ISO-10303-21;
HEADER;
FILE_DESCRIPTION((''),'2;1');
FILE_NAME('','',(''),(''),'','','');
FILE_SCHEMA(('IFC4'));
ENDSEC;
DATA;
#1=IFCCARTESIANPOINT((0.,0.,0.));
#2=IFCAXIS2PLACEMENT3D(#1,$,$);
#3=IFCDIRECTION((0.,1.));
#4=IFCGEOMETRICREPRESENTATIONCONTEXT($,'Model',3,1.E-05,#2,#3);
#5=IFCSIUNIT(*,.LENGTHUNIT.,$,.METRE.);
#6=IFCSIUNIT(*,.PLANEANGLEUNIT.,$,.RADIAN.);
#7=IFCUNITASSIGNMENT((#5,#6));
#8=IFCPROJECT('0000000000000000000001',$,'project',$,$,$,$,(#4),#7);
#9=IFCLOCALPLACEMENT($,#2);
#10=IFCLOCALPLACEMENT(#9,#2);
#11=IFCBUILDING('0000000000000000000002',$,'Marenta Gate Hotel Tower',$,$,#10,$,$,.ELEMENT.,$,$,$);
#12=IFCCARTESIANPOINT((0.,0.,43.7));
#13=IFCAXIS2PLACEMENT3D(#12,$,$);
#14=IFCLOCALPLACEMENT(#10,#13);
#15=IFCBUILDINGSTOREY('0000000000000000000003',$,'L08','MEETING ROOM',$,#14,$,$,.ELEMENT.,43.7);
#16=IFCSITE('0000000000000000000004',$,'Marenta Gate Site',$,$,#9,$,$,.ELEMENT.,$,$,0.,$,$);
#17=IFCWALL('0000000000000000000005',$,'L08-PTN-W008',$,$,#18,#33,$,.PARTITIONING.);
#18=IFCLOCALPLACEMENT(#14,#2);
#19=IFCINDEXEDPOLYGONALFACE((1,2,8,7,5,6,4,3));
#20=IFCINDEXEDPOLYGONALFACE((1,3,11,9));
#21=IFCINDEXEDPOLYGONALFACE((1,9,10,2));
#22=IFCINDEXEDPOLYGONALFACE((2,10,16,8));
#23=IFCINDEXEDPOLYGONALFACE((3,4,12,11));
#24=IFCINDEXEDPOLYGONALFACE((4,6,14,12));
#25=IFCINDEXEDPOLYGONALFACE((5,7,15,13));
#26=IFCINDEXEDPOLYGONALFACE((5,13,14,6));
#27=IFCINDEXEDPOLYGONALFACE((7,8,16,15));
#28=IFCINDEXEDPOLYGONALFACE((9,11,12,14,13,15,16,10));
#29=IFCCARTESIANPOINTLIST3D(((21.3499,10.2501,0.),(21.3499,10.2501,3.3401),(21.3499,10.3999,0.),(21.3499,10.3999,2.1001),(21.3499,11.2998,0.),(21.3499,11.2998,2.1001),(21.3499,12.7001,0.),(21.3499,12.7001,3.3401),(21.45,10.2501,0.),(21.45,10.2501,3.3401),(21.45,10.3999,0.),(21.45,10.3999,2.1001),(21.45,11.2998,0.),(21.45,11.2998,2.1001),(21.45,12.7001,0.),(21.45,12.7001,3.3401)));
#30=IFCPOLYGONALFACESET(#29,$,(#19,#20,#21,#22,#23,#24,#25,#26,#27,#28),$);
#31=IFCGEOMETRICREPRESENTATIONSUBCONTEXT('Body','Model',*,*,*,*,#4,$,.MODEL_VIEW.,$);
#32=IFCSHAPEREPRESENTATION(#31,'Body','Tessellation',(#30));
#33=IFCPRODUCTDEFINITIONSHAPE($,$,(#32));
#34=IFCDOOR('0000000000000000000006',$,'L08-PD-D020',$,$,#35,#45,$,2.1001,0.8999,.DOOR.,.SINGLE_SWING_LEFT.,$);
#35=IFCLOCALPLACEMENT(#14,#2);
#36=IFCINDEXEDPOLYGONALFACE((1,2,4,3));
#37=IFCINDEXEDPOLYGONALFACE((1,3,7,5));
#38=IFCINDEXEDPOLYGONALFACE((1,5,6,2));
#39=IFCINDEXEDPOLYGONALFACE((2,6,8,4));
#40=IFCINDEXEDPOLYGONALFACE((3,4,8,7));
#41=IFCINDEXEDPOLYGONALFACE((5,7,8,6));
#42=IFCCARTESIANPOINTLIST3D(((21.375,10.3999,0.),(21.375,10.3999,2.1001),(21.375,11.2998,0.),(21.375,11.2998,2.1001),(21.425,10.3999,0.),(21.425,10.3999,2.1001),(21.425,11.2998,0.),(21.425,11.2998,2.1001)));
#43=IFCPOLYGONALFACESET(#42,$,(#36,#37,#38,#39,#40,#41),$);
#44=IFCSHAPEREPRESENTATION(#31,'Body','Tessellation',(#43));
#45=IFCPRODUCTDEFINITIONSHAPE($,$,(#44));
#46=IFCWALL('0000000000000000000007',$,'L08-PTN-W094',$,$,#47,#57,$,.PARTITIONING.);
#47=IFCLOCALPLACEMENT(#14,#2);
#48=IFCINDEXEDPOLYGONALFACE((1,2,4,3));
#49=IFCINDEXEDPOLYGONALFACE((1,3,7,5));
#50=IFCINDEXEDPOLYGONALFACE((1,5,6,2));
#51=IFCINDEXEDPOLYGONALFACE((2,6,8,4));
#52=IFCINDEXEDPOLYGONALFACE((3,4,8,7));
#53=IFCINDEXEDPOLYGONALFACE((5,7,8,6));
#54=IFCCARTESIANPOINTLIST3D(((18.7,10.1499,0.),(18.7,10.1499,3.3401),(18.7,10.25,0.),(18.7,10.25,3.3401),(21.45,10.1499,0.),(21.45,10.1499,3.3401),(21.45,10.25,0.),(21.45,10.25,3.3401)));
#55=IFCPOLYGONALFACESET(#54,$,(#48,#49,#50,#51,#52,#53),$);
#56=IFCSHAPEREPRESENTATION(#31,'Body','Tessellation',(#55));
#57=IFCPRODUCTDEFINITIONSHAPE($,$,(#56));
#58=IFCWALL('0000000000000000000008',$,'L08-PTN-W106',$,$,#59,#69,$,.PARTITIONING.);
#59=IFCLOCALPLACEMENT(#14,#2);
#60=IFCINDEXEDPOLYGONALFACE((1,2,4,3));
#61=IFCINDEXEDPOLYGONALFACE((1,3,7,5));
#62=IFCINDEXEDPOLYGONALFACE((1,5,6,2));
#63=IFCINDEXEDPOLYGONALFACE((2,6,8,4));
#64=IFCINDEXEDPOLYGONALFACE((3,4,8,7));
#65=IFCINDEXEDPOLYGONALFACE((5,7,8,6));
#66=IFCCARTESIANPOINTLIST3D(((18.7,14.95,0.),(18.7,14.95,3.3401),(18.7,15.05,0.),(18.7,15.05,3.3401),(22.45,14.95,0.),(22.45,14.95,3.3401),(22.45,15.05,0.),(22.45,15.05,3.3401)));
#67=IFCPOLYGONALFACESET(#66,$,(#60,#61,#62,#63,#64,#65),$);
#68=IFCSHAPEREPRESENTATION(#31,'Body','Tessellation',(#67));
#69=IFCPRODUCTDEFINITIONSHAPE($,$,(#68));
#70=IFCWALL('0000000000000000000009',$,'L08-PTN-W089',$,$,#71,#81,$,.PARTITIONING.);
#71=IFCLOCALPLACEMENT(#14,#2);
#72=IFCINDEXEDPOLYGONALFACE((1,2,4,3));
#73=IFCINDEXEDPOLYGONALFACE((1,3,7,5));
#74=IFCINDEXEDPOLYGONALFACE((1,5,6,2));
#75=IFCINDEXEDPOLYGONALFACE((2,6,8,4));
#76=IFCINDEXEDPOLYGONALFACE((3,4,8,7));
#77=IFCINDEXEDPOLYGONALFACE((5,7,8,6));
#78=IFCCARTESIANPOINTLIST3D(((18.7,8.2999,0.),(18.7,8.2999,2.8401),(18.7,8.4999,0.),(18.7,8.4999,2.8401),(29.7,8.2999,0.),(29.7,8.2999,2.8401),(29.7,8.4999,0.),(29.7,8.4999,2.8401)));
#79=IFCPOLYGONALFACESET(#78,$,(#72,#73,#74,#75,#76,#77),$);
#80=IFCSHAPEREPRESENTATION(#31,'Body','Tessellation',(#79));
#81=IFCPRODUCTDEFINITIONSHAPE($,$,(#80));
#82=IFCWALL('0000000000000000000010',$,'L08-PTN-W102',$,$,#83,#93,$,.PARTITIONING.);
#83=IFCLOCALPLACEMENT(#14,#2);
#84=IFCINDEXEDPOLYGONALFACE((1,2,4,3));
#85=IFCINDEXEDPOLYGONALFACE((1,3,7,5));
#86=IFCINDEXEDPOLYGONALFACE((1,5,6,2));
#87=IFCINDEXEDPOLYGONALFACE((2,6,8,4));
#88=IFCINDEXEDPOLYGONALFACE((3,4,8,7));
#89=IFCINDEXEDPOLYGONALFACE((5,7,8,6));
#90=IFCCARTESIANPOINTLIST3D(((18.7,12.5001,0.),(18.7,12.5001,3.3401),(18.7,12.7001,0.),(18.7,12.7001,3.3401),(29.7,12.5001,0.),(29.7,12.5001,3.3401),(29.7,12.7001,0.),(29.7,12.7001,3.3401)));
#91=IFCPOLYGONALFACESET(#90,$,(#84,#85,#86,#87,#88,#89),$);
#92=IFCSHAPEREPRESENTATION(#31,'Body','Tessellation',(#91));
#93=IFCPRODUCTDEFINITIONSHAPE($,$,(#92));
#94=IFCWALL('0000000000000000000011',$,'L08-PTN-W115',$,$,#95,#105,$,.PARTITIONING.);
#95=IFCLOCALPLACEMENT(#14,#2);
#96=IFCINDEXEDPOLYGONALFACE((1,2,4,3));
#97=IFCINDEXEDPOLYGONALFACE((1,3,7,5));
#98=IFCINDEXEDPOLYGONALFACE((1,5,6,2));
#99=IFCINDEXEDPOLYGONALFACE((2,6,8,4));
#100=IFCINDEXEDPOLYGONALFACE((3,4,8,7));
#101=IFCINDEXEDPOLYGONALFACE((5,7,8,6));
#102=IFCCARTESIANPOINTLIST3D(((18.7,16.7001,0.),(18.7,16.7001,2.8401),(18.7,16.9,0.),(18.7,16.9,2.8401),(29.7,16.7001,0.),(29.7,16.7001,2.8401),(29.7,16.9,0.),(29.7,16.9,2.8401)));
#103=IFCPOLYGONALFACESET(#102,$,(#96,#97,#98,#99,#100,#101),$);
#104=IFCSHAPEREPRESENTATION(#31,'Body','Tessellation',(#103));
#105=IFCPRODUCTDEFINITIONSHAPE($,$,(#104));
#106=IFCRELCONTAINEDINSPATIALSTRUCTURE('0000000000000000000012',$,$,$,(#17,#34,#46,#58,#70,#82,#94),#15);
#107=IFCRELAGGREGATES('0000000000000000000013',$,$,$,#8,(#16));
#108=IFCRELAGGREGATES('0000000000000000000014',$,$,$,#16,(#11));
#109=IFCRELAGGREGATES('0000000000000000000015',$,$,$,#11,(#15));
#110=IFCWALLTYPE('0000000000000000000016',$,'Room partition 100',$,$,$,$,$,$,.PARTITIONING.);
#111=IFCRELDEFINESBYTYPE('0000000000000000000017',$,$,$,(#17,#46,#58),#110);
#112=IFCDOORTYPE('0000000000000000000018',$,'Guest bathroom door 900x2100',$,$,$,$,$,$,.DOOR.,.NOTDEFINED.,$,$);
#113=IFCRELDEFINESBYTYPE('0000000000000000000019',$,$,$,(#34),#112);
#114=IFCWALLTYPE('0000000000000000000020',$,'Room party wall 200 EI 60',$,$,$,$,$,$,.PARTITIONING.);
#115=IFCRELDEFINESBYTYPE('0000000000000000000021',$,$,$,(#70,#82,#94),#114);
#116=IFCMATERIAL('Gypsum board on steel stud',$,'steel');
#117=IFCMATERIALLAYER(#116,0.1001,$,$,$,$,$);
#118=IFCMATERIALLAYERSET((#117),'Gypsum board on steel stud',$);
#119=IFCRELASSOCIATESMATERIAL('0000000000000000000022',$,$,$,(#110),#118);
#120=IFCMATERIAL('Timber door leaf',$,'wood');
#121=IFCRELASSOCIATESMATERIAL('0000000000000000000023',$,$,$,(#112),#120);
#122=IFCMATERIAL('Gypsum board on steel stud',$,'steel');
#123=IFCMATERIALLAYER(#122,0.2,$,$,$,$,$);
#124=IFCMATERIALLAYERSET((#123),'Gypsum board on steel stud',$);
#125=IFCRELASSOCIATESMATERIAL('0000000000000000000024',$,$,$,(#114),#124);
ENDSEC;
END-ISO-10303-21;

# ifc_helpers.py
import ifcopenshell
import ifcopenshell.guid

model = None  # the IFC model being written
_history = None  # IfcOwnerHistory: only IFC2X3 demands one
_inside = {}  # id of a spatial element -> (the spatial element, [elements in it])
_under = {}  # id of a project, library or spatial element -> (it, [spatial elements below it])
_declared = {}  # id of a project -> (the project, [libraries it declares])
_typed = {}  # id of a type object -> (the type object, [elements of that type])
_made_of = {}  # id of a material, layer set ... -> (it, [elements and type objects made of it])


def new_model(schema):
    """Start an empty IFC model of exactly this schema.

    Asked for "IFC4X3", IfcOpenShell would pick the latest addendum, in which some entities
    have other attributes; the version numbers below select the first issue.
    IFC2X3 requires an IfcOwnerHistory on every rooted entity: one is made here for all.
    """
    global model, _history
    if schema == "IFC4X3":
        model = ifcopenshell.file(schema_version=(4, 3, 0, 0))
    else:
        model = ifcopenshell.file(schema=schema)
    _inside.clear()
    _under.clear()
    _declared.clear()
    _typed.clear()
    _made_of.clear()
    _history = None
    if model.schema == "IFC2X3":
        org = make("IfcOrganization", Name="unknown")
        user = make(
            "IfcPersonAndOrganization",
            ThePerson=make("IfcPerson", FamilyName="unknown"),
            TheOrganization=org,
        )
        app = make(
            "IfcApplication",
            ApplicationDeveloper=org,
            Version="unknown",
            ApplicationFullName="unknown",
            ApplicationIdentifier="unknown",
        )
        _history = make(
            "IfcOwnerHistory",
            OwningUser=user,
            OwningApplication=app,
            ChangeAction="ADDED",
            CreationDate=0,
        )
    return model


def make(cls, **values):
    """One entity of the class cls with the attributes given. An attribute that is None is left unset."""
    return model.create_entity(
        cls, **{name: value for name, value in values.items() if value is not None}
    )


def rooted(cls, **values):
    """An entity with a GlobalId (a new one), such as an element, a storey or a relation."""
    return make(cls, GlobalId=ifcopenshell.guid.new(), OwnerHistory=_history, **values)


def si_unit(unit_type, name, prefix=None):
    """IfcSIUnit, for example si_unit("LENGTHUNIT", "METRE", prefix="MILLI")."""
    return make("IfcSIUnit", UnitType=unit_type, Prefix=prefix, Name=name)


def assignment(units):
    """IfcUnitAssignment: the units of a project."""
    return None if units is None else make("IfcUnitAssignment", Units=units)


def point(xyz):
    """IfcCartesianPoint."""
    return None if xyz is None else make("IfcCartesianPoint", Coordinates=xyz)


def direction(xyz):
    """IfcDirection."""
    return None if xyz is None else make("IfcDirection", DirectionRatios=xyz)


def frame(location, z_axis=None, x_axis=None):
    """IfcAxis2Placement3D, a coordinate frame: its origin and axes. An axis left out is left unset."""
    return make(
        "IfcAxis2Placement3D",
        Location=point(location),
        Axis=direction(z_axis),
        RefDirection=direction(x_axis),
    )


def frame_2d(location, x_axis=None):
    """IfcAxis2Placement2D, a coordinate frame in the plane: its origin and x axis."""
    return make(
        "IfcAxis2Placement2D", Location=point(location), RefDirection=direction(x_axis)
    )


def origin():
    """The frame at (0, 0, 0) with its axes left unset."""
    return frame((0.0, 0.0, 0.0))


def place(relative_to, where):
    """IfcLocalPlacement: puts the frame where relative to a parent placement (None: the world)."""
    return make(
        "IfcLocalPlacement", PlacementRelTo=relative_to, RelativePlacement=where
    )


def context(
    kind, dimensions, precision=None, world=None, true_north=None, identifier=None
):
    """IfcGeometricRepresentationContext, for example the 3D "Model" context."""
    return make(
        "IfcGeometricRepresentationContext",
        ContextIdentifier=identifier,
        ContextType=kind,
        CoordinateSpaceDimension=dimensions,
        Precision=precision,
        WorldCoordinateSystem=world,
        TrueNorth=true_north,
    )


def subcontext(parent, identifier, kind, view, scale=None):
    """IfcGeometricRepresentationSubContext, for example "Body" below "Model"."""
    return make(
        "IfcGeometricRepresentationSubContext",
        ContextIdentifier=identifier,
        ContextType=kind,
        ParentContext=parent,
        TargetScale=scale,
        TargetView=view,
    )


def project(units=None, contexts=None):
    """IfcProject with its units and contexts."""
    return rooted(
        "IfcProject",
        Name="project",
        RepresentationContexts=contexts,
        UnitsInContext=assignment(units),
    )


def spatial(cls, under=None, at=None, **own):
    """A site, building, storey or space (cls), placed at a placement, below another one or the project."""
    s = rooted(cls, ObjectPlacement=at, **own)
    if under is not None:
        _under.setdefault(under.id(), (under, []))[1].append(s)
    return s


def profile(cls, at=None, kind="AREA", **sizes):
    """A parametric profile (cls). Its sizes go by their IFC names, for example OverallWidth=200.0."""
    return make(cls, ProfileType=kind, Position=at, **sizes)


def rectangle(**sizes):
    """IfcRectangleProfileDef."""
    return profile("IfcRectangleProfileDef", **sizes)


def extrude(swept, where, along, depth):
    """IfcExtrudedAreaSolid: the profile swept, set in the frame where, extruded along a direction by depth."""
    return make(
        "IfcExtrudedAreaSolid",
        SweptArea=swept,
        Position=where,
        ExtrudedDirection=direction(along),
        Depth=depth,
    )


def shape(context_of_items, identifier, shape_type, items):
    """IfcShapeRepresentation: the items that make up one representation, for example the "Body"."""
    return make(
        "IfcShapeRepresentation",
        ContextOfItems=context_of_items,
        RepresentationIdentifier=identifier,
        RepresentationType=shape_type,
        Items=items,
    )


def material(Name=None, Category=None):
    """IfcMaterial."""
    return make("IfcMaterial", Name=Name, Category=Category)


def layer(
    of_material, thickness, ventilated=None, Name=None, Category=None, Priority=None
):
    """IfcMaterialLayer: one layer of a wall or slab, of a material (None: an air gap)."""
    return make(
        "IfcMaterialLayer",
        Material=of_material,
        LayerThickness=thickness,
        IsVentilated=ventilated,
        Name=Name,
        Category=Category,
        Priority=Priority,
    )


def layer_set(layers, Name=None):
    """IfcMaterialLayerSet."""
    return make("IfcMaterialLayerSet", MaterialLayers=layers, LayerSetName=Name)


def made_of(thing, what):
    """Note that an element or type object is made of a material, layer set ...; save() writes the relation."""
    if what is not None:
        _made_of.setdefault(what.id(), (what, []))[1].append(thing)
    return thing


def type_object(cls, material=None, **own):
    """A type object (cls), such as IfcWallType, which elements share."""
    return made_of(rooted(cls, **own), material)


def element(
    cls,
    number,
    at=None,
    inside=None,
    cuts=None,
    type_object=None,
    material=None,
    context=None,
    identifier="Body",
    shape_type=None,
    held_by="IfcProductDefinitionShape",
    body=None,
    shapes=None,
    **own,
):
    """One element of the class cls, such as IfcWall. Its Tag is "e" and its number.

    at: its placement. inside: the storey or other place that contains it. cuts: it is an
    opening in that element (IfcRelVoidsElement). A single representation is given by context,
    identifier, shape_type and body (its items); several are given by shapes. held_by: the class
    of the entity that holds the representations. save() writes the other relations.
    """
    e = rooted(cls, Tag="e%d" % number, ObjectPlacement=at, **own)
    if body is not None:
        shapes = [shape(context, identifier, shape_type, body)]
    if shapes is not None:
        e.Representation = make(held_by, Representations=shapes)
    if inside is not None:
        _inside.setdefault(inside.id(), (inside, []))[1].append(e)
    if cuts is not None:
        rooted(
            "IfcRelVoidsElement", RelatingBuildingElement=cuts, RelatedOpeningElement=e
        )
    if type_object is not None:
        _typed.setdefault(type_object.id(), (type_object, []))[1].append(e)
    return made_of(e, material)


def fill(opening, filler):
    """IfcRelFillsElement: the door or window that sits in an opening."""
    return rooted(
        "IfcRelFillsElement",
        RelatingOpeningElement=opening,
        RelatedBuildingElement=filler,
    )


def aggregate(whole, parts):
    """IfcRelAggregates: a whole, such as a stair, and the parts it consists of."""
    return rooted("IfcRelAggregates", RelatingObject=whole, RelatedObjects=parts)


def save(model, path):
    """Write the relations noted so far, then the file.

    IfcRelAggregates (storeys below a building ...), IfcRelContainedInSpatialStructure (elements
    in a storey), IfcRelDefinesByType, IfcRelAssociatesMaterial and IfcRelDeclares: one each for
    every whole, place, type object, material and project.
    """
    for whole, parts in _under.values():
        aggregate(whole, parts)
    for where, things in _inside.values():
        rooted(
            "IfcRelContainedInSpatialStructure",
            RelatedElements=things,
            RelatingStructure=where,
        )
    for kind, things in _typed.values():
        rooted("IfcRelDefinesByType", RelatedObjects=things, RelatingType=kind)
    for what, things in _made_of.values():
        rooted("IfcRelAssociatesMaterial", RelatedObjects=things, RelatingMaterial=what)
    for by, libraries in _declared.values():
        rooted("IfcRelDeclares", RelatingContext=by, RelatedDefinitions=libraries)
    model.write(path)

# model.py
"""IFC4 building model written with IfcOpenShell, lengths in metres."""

from ifc_helpers import new_model, si_unit, direction, frame, frame_2d, origin, place, context, subcontext, project, spatial, rectangle, extrude, material, layer, layer_set, type_object, element, fill, save


model = new_model("IFC4")

# Units and contexts
model_context = context("Model", 3, precision=1e-05, world=origin(), true_north=direction((0.0, 1.0)))
body_context = subcontext(model_context, "Body", "Model", "MODEL_VIEW")
ifc_project = project(units=[si_unit("LENGTHUNIT", "METRE"), si_unit("PLANEANGLEUNIT", "RADIAN")], contexts=[model_context])

# Site, building, storey
site_placement = place(None, origin())
site = spatial("IfcSite", under=ifc_project, at=site_placement, Name="Marenta Gate Site", CompositionType="ELEMENT", RefElevation=0.0)
building_placement = place(site_placement, origin())
building = spatial("IfcBuilding", under=site, at=building_placement, Name="Marenta Gate Hotel Tower", CompositionType="ELEMENT")
storey_placement = place(building_placement, frame((0.0, 0.0, 43.7)))
storey = spatial("IfcBuildingStorey", under=building, at=storey_placement, Name="L08", Description="MEETING ROOM", CompositionType="ELEMENT", Elevation=43.7)

# Shared definitions
ifc_material_1 = material(Name="Gypsum board on steel stud", Category="steel")
ifc_layer_1 = layer(ifc_material_1, 0.1001)
ifc_layer_set_1 = layer_set([ifc_layer_1], Name="Gypsum board on steel stud")
wall_type_1 = type_object("IfcWallType", Name="Room partition 100", PredefinedType="PARTITIONING", material=ifc_layer_set_1)

# Wall, opening, door
ifc_material_2 = material(Name="Timber door leaf", Category="wood")
door_type_1 = type_object("IfcDoorType", Name="Guest bathroom door 900x2100", OperationType="NOTDEFINED", PredefinedType="DOOR", material=ifc_material_2)
wall_1_placement = place(storey_placement, frame((21.3999, 10.25, 0.0), z_axis=(0.0, 0.0, 1.0), x_axis=(0.0, 1.0, 0.0)))
wall_1 = element("IfcWall", 1, at=wall_1_placement, inside=storey, type_object=wall_type_1, Name="L08-PTN-W008", PredefinedType="PARTITIONING", context=body_context, shape_type="SweptSolid", body=[
    extrude(rectangle(XDim=2.45, YDim=0.1001, at=frame_2d((1.2251, 0.0))), origin(), (0.0, 0.0, 1.0), 3.3401),
])
opening_1_placement = place(wall_1_placement, frame((0.1499, 0.0, 0.0)))
opening_1 = element("IfcOpeningElement", 2, at=opening_1_placement, cuts=wall_1, PredefinedType="OPENING", context=body_context, shape_type="SweptSolid", body=[
    extrude(rectangle(XDim=0.8999, YDim=2.1001, at=frame_2d((0.45, 1.05))), frame((0.0, 0.05, 0.0), z_axis=(0.0, -1.0, 0.0), x_axis=(1.0, 0.0, 0.0)), (0.0, 0.0, 1.0), 0.1001),
])
door_1_placement = place(opening_1_placement, origin())
door_1 = element("IfcDoor", 3, at=door_1_placement, inside=storey, type_object=door_type_1, Name="L08-PD-D020", OperationType="SINGLE_SWING_LEFT", OverallHeight=2.1001, OverallWidth=0.8999, PredefinedType="DOOR", context=body_context, shape_type="SweptSolid", body=[
    extrude(rectangle(XDim=0.8999, YDim=2.1001, at=frame_2d((0.45, 1.05))), frame((0.0, 0.0249, 0.0), z_axis=(0.0, -1.0, 0.0), x_axis=(1.0, 0.0, 0.0)), (0.0, 0.0, 1.0), 0.05),
])
fill(opening_1, door_1)

# Walls
wall_2_placement = place(storey_placement, frame((18.7, 10.2, 0.0), z_axis=(0.0, 0.0, 1.0), x_axis=(1.0, 0.0, 0.0)))
element("IfcWall", 4, at=wall_2_placement, inside=storey, type_object=wall_type_1, Name="L08-PTN-W094", PredefinedType="PARTITIONING", context=body_context, shape_type="SweptSolid", body=[
    extrude(rectangle(XDim=2.75, YDim=0.1001, at=frame_2d((1.375, 0.0))), origin(), (0.0, 0.0, 1.0), 3.3401),
])
wall_3_placement = place(storey_placement, frame((18.7, 15.0, 0.0), z_axis=(0.0, 0.0, 1.0), x_axis=(1.0, 0.0, 0.0)))
element("IfcWall", 5, at=wall_3_placement, inside=storey, type_object=wall_type_1, Name="L08-PTN-W106", PredefinedType="PARTITIONING", context=body_context, shape_type="SweptSolid", body=[
    extrude(rectangle(XDim=3.75, YDim=0.1001, at=frame_2d((1.875, 0.0))), origin(), (0.0, 0.0, 1.0), 3.3401),
])
ifc_material_3 = material(Name="Gypsum board on steel stud", Category="steel")
ifc_layer_2 = layer(ifc_material_3, 0.2)
ifc_layer_set_2 = layer_set([ifc_layer_2], Name="Gypsum board on steel stud")
wall_type_2 = type_object("IfcWallType", Name="Room party wall 200 EI 60", PredefinedType="PARTITIONING", material=ifc_layer_set_2)
wall_4_placement = place(storey_placement, frame((18.7, 8.3999, 0.0), z_axis=(0.0, 0.0, 1.0), x_axis=(1.0, 0.0, 0.0)))
element("IfcWall", 6, at=wall_4_placement, inside=storey, type_object=wall_type_2, Name="L08-PTN-W089", PredefinedType="PARTITIONING", context=body_context, shape_type="SweptSolid", body=[
    extrude(rectangle(XDim=11.0, YDim=0.2, at=frame_2d((5.5, 0.0))), origin(), (0.0, 0.0, 1.0), 2.8401),
])
wall_5_placement = place(storey_placement, frame((18.7, 12.6001, 0.0), z_axis=(0.0, 0.0, 1.0), x_axis=(1.0, 0.0, 0.0)))
element("IfcWall", 7, at=wall_5_placement, inside=storey, type_object=wall_type_2, Name="L08-PTN-W102", PredefinedType="PARTITIONING", context=body_context, shape_type="SweptSolid", body=[
    extrude(rectangle(XDim=11.0, YDim=0.2, at=frame_2d((5.5, 0.0))), origin(), (0.0, 0.0, 1.0), 3.3401),
])
wall_6_placement = place(storey_placement, frame((18.7, 16.8, 0.0), z_axis=(0.0, 0.0, 1.0), x_axis=(1.0, 0.0, 0.0)))
element("IfcWall", 8, at=wall_6_placement, inside=storey, type_object=wall_type_2, Name="L08-PTN-W115", PredefinedType="PARTITIONING", context=body_context, shape_type="SweptSolid", body=[
    extrude(rectangle(XDim=11.0, YDim=0.2, at=frame_2d((5.5, 0.0))), origin(), (0.0, 0.0, 1.0), 2.8401),
])

save(model, "model.ifc")
